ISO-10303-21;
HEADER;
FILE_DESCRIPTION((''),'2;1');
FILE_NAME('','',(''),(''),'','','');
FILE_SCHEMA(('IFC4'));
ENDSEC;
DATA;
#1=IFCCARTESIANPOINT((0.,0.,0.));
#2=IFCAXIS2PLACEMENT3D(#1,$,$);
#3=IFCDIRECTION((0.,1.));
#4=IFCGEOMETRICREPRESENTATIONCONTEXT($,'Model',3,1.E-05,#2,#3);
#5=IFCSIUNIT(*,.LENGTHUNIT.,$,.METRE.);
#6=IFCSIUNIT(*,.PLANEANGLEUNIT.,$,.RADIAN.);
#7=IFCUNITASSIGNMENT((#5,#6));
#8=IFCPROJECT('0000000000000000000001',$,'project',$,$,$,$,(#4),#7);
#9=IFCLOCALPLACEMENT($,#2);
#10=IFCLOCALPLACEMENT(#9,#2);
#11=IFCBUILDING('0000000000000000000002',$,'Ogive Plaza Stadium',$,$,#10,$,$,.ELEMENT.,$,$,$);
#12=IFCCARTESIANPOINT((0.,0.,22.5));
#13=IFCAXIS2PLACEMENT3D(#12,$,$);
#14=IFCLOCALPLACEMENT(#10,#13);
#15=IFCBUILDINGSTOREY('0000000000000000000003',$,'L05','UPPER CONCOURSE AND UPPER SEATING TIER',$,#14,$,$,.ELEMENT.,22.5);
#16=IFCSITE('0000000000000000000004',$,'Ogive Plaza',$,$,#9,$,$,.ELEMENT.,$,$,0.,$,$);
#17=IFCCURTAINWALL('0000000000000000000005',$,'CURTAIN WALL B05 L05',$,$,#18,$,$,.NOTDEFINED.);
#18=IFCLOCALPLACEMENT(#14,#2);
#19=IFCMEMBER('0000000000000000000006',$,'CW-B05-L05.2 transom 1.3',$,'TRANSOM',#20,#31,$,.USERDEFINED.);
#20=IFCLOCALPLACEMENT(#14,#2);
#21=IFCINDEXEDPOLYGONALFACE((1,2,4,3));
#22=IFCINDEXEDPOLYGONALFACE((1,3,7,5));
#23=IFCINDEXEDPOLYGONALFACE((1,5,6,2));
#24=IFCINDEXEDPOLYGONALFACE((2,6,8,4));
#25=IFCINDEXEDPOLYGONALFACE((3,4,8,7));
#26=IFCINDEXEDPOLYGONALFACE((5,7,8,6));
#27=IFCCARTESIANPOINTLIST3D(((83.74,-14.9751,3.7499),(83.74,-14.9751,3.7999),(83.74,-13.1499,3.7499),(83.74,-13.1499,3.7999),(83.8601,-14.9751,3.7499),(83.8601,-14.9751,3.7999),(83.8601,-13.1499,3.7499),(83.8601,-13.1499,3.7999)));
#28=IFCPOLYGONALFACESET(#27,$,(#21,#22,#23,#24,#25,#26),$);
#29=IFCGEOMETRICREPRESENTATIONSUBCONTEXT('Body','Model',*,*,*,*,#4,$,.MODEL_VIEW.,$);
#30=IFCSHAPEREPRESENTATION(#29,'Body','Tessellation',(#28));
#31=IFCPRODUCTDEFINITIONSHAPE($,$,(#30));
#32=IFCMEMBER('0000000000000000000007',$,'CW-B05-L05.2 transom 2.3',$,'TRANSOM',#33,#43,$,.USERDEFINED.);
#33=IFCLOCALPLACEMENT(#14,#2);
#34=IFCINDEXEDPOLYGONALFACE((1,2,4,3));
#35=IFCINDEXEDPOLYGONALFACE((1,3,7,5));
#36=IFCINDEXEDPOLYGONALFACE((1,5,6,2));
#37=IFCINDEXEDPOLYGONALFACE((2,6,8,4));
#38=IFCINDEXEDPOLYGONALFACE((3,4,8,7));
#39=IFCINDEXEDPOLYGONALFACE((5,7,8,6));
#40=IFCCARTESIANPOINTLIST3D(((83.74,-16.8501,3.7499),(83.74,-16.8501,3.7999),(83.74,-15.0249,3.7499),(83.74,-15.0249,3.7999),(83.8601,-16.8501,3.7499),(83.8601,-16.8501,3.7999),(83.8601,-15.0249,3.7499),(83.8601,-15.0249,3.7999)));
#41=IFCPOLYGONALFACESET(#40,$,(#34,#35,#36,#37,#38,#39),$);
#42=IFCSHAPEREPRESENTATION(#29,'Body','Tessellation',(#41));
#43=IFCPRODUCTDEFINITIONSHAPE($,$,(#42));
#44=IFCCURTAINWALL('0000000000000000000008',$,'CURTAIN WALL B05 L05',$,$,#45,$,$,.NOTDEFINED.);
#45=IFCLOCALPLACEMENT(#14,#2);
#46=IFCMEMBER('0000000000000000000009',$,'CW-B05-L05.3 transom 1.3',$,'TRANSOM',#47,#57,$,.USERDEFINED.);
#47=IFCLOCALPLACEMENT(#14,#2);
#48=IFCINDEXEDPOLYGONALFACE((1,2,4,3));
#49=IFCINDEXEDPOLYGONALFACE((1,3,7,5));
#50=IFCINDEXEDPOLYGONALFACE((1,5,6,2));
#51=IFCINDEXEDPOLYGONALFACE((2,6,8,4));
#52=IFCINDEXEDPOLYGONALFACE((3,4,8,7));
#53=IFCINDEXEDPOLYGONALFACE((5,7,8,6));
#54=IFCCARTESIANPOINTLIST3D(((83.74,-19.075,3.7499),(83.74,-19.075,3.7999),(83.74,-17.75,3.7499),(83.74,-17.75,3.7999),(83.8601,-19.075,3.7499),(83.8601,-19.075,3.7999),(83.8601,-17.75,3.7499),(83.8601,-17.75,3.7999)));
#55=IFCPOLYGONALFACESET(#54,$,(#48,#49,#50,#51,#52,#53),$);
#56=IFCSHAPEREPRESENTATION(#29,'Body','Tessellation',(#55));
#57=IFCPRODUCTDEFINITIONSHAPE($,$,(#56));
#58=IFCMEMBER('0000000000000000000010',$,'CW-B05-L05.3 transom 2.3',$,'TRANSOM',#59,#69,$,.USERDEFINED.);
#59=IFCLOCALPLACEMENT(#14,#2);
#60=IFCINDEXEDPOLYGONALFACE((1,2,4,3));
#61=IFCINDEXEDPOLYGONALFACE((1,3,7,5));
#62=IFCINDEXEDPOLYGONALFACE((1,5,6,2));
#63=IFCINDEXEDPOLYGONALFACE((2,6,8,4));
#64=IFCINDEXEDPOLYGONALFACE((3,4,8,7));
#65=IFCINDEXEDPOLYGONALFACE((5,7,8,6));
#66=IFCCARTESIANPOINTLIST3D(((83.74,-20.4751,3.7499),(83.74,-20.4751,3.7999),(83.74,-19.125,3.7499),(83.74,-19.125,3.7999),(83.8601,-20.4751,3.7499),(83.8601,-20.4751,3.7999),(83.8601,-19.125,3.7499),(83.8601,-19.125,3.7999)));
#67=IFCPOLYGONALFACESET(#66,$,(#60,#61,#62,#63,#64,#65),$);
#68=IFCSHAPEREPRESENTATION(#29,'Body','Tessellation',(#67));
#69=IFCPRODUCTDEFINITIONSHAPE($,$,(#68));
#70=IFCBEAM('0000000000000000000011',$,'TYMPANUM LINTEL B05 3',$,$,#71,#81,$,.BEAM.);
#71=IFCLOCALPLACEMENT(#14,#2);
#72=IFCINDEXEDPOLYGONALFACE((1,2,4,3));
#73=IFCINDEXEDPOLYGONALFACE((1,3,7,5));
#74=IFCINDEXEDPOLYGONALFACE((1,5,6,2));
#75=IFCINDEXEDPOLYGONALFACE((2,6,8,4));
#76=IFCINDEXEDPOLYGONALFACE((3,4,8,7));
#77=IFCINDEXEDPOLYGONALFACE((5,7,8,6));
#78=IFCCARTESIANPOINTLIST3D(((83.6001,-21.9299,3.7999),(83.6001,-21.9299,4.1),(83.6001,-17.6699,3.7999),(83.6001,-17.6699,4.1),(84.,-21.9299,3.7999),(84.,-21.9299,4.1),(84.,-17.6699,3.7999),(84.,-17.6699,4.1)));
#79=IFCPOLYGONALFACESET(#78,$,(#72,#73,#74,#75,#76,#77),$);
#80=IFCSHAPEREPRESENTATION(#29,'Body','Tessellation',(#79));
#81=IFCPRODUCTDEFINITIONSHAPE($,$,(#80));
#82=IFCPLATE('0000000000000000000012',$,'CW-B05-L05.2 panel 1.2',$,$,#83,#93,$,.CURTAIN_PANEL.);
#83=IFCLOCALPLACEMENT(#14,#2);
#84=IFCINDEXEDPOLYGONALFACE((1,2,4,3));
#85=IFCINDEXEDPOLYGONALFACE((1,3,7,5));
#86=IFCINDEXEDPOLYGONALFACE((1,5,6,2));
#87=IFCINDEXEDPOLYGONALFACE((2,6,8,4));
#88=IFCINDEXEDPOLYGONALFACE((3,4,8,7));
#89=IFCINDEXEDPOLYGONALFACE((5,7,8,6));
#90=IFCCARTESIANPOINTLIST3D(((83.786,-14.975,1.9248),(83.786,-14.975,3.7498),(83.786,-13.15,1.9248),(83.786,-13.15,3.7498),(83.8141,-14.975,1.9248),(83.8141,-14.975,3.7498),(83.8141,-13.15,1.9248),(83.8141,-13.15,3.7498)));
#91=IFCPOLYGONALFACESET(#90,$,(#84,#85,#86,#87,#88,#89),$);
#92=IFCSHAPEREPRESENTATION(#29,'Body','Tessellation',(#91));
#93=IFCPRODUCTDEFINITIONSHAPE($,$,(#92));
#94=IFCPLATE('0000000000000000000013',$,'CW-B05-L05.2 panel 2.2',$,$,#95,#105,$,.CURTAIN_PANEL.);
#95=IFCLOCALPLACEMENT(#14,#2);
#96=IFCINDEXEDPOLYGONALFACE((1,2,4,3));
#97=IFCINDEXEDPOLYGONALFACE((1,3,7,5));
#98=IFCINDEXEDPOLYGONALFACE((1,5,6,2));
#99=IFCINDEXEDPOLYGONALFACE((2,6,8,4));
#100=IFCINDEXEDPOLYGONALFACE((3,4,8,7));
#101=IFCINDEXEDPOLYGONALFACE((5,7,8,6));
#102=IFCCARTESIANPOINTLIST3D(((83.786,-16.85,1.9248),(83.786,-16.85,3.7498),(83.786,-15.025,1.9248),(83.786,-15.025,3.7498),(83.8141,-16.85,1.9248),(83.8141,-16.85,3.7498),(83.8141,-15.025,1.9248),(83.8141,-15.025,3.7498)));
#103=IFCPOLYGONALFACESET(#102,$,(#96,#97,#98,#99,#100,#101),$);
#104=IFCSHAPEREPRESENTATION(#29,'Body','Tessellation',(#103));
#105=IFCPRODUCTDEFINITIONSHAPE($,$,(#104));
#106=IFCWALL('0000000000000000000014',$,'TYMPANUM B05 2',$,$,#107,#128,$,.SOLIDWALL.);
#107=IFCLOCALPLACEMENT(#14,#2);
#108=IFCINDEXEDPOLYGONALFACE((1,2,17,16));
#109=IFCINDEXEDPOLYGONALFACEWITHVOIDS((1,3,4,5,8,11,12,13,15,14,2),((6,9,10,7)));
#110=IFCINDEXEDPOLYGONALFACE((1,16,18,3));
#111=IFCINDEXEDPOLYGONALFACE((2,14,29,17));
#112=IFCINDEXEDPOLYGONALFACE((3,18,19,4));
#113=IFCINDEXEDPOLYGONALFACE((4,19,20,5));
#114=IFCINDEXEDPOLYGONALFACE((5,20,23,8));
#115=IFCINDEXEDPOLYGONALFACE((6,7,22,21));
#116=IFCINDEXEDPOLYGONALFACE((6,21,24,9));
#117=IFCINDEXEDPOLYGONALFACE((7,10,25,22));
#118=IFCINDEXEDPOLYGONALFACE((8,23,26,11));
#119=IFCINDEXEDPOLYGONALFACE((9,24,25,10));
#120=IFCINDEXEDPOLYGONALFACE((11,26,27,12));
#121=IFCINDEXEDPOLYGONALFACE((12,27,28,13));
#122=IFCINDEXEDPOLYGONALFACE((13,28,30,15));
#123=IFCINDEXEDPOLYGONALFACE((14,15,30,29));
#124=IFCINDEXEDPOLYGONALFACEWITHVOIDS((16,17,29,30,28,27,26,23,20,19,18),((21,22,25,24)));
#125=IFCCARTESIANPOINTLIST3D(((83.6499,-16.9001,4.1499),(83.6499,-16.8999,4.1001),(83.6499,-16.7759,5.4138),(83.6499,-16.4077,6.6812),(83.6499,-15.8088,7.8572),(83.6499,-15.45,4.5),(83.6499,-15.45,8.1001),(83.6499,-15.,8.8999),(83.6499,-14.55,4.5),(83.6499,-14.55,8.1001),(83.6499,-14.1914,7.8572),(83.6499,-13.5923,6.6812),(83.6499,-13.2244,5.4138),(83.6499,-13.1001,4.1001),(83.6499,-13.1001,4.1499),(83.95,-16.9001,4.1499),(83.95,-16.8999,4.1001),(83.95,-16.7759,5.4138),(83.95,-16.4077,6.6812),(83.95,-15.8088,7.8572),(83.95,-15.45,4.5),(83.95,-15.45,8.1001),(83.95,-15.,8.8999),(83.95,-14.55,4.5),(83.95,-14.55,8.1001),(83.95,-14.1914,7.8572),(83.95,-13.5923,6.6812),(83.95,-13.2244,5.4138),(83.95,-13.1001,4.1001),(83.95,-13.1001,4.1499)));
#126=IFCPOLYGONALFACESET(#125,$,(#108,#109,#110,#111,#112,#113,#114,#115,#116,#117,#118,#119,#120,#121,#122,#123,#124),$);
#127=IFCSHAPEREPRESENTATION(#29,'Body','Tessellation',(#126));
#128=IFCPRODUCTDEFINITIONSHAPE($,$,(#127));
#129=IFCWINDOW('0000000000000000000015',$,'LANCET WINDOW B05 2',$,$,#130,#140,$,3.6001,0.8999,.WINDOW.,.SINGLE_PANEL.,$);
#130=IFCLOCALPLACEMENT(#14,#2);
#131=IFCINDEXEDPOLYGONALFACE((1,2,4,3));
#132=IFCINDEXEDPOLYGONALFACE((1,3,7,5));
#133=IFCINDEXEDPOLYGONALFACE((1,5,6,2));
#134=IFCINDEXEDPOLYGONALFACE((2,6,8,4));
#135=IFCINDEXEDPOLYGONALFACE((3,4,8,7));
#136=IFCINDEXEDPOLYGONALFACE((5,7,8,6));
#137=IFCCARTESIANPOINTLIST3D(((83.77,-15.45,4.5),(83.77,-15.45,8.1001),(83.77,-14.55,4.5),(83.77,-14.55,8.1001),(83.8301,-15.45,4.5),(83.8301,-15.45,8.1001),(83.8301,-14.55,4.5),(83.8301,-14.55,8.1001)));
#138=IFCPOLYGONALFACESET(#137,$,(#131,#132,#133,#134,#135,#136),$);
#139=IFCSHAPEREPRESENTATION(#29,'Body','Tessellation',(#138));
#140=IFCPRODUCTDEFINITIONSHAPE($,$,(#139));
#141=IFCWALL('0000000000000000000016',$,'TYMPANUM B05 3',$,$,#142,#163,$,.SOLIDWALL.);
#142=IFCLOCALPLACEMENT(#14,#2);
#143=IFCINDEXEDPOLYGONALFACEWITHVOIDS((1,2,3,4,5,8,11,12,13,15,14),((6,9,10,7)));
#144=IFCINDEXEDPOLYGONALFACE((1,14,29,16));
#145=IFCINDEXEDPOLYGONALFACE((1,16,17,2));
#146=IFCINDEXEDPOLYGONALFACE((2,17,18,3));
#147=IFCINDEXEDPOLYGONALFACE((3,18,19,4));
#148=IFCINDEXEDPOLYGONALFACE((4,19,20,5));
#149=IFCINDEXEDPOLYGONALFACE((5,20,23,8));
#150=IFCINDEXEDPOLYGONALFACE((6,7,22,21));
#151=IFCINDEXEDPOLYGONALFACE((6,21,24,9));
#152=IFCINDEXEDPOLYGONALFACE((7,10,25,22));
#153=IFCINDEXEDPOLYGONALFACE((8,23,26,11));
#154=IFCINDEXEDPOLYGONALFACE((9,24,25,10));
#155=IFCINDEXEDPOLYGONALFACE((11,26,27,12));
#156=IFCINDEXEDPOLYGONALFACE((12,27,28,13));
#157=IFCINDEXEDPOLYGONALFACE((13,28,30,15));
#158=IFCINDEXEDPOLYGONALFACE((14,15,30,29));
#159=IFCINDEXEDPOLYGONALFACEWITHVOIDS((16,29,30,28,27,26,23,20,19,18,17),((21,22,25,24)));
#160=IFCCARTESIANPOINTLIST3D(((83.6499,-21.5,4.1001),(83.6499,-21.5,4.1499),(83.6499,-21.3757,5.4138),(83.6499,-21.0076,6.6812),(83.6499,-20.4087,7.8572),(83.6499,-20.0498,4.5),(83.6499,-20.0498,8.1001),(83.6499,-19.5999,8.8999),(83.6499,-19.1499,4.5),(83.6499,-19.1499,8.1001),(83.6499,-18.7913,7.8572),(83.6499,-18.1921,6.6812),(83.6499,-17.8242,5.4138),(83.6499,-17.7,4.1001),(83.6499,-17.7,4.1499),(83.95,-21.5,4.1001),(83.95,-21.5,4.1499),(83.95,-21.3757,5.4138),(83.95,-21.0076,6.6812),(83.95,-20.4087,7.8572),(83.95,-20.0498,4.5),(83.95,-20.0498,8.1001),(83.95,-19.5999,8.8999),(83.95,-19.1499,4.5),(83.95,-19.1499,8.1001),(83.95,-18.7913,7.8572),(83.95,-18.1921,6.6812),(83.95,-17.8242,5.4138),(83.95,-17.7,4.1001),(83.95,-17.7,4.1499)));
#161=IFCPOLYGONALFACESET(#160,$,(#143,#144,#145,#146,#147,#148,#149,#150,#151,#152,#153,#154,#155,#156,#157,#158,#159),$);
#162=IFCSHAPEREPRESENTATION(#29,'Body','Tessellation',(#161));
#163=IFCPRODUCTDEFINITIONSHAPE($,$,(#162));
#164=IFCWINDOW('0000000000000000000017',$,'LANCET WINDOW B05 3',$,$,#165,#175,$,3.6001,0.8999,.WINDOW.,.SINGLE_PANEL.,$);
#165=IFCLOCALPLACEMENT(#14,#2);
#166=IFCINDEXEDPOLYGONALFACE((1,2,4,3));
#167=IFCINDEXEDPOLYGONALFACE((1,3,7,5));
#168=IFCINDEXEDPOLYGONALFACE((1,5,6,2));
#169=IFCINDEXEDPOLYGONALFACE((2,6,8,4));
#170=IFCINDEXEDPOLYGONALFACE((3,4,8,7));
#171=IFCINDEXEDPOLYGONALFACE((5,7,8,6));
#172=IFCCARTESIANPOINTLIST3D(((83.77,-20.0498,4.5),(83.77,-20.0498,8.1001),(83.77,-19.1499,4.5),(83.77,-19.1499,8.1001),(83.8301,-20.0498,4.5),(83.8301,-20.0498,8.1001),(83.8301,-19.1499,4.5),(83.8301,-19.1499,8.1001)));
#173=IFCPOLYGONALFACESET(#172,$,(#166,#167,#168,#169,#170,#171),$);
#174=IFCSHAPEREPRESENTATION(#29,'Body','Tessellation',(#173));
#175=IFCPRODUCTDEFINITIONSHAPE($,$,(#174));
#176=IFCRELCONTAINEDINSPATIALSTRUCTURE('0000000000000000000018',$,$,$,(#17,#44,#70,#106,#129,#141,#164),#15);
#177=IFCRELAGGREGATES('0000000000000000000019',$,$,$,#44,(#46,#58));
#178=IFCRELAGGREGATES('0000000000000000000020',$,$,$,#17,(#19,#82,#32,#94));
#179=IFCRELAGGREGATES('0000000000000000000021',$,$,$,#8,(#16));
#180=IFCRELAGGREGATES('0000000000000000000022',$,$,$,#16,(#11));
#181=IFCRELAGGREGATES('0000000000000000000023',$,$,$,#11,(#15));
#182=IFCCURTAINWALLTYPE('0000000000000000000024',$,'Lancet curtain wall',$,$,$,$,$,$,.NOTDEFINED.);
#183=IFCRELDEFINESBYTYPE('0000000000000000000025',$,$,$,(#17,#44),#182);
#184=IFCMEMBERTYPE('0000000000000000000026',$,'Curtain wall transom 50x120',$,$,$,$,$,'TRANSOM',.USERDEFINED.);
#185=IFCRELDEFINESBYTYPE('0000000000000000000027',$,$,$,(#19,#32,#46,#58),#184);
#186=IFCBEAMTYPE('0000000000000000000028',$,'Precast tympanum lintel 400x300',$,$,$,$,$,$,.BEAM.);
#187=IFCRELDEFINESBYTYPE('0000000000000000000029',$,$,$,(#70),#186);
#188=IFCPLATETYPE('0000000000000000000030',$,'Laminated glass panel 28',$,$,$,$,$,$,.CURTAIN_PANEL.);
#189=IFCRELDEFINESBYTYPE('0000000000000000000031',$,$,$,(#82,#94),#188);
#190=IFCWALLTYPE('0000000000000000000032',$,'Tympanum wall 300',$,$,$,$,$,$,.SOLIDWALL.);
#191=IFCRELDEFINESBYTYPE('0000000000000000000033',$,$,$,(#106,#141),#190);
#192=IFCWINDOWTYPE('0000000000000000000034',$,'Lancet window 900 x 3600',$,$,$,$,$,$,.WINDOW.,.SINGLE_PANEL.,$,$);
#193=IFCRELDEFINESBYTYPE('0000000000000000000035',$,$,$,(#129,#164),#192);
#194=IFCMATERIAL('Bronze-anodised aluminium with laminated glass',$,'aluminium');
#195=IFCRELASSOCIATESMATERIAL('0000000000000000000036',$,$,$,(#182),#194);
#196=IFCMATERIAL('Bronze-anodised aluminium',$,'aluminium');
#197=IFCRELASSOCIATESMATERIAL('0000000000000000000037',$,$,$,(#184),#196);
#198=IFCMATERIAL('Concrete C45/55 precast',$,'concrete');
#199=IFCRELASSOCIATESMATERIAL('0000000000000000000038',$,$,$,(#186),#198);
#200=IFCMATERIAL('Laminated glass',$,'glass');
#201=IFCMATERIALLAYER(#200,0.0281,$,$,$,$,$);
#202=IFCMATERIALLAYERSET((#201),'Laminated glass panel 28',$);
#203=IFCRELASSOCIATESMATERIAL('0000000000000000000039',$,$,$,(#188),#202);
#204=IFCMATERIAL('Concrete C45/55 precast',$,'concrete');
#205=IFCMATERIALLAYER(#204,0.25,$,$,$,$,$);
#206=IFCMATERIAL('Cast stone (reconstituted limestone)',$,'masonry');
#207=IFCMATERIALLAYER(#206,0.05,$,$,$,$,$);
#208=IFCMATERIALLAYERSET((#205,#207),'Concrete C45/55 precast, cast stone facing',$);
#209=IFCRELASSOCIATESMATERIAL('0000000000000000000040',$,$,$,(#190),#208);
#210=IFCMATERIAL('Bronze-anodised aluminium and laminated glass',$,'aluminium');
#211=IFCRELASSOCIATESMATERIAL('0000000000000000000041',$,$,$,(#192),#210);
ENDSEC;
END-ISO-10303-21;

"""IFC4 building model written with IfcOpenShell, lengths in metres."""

from ifc_helpers import new_model, si_unit, direction, frame, frame_2d, origin, origin_2d, place, context, subcontext, project, spatial, polyline, rectangle, outline, extrude, material, layer, layer_set, material_profile, profile_set, type_object, element, fill, aggregate, save


model = new_model("IFC4")

# Units and contexts
model_context = context("Model", 3, precision=1e-05, world=origin(), true_north=direction((0.0, 1.0)))
body_context = subcontext(model_context, "Body", "Model", "MODEL_VIEW")
ifc_project = project(units=[si_unit("LENGTHUNIT", "METRE"), si_unit("PLANEANGLEUNIT", "RADIAN")], contexts=[model_context])

# Site, building, storey
site_placement = place(None, origin())
site = spatial("IfcSite", under=ifc_project, at=site_placement, Name="Ogive Plaza", CompositionType="ELEMENT", RefElevation=0.0)
building_placement = place(site_placement, origin())
building = spatial("IfcBuilding", under=site, at=building_placement, Name="Ogive Plaza Stadium", CompositionType="ELEMENT")
storey_placement = place(building_placement, frame((0.0, 0.0, 22.5)))
storey = spatial("IfcBuildingStorey", under=building, at=storey_placement, Name="L05", Description="UPPER CONCOURSE AND UPPER SEATING TIER", CompositionType="ELEMENT", Elevation=22.5)

# Curtain walls, members
ifc_material_1 = material(Name="Bronze-anodised aluminium with laminated glass", Category="aluminium")
curtain_wall_type = type_object("IfcCurtainWallType", Name="Lancet curtain wall", PredefinedType="NOTDEFINED", material=ifc_material_1)
curtain_wall_1_placement = place(storey_placement, origin())
curtain_wall_1 = element("IfcCurtainWall", 1, at=curtain_wall_1_placement, inside=storey, type_object=curtain_wall_type, Name="CURTAIN WALL B05 L05", PredefinedType="NOTDEFINED")
ifc_material_2 = material(Name="Bronze-anodised aluminium", Category="aluminium")
ifc_material_profile_1 = material_profile(ifc_material_2, rectangle(XDim=0.1201, YDim=0.05, at=origin_2d()), Name="AL 120x50")
ifc_profile_set_1 = profile_set([ifc_material_profile_1], Name="Bronze-anodised aluminium")
member_type = type_object("IfcMemberType", Name="Curtain wall transom 50x120", ElementType="TRANSOM", PredefinedType="USERDEFINED", material=ifc_profile_set_1)
member_1_placement = place(storey_placement, frame((83.8, -13.1499, 3.7749), z_axis=(0.0, -1.0, 0.0), x_axis=(1.0, 0.0, 0.0)))
member_1 = element("IfcMember", 2, at=member_1_placement, type_object=member_type, Name="CW-B05-L05.2 transom 1.3", ObjectType="TRANSOM", PredefinedType="USERDEFINED", context=body_context, shape_type="SweptSolid", body=[
    extrude(rectangle(XDim=0.1201, YDim=0.05, at=origin_2d()), origin(), (0.0, 0.0, 1.0), 1.8252),
])
member_2_placement = place(storey_placement, frame((83.8, -15.0249, 3.7749), z_axis=(0.0, -1.0, 0.0), x_axis=(1.0, 0.0, 0.0)))
member_2 = element("IfcMember", 3, at=member_2_placement, type_object=member_type, Name="CW-B05-L05.2 transom 2.3", ObjectType="TRANSOM", PredefinedType="USERDEFINED", context=body_context, shape_type="SweptSolid", body=[
    extrude(rectangle(XDim=0.1201, YDim=0.05, at=origin_2d()), origin(), (0.0, 0.0, 1.0), 1.8252),
])
curtain_wall_2_placement = place(storey_placement, origin())
curtain_wall_2 = element("IfcCurtainWall", 4, at=curtain_wall_2_placement, inside=storey, type_object=curtain_wall_type, Name="CURTAIN WALL B05 L05", PredefinedType="NOTDEFINED")
member_3_placement = place(storey_placement, frame((83.8, -17.75, 3.7749), z_axis=(0.0, -1.0, 0.0), x_axis=(1.0, 0.0, 0.0)))
member_3 = element("IfcMember", 5, at=member_3_placement, type_object=member_type, Name="CW-B05-L05.3 transom 1.3", ObjectType="TRANSOM", PredefinedType="USERDEFINED", context=body_context, shape_type="SweptSolid", body=[
    extrude(rectangle(XDim=0.1201, YDim=0.05, at=origin_2d()), origin(), (0.0, 0.0, 1.0), 1.325),
])
member_4_placement = place(storey_placement, frame((83.8, -19.125, 3.7749), z_axis=(0.0, -1.0, 0.0), x_axis=(1.0, 0.0, 0.0)))
member_4 = element("IfcMember", 6, at=member_4_placement, type_object=member_type, Name="CW-B05-L05.3 transom 2.3", ObjectType="TRANSOM", PredefinedType="USERDEFINED", context=body_context, shape_type="SweptSolid", body=[
    extrude(rectangle(XDim=0.1201, YDim=0.05, at=origin_2d()), origin(), (0.0, 0.0, 1.0), 1.3501),
])
aggregate(curtain_wall_2, [member_3, member_4])

# Beam
ifc_material_3 = material(Name="Concrete C45/55 precast", Category="concrete")
ifc_material_profile_2 = material_profile(ifc_material_3, rectangle(XDim=0.3999, YDim=0.3, at=origin_2d()), Name="RC 400x300")
ifc_profile_set_2 = profile_set([ifc_material_profile_2], Name="Concrete C45/55 precast")
beam_type = type_object("IfcBeamType", Name="Precast tympanum lintel 400x300", PredefinedType="BEAM", material=ifc_profile_set_2)
beam_placement = place(storey_placement, frame((83.8, -17.6699, 3.95), z_axis=(0.0, -1.0, 0.0), x_axis=(1.0, 0.0, 0.0)))
element("IfcBeam", 7, at=beam_placement, inside=storey, type_object=beam_type, Name="TYMPANUM LINTEL B05 3", PredefinedType="BEAM", context=body_context, shape_type="SweptSolid", body=[
    extrude(rectangle(XDim=0.3999, YDim=0.3, at=origin_2d()), origin(), (0.0, 0.0, 1.0), 4.26),
])

# Plates
ifc_material_4 = material(Name="Laminated glass", Category="glass")
ifc_layer_1 = layer(ifc_material_4, 0.0281)
ifc_layer_set_1 = layer_set([ifc_layer_1], Name="Laminated glass panel 28")
plate_type = type_object("IfcPlateType", Name="Laminated glass panel 28", PredefinedType="CURTAIN_PANEL", material=ifc_layer_set_1)
plate_1_placement = place(storey_placement, frame((83.8, -14.0625, 1.9248), z_axis=(0.0, 0.0, 1.0), x_axis=(0.0, -1.0, 0.0)))
plate_1 = element("IfcPlate", 8, at=plate_1_placement, type_object=plate_type, Name="CW-B05-L05.2 panel 1.2", PredefinedType="CURTAIN_PANEL", context=body_context, shape_type="SweptSolid", body=[
    extrude(rectangle(XDim=1.825, YDim=0.0281, at=origin_2d()), origin(), (0.0, 0.0, 1.0), 1.825),
])
plate_2_placement = place(storey_placement, frame((83.8, -15.9375, 1.9248), z_axis=(0.0, 0.0, 1.0), x_axis=(0.0, -1.0, 0.0)))
plate_2 = element("IfcPlate", 9, at=plate_2_placement, type_object=plate_type, Name="CW-B05-L05.2 panel 2.2", PredefinedType="CURTAIN_PANEL", context=body_context, shape_type="SweptSolid", body=[
    extrude(rectangle(XDim=1.825, YDim=0.0281, at=origin_2d()), origin(), (0.0, 0.0, 1.0), 1.825),
])
aggregate(curtain_wall_1, [member_1, plate_1, member_2, plate_2])

# Walls, openings, windows
ifc_material_5 = material(Name="Concrete C45/55 precast", Category="concrete")
ifc_layer_2 = layer(ifc_material_5, 0.25)
ifc_material_6 = material(Name="Cast stone (reconstituted limestone)", Category="masonry")
ifc_layer_3 = layer(ifc_material_6, 0.05)
ifc_layer_set_2 = layer_set([ifc_layer_2, ifc_layer_3], Name="Concrete C45/55 precast, cast stone facing")
wall_type = type_object("IfcWallType", Name="Tympanum wall 300", PredefinedType="SOLIDWALL", material=ifc_layer_set_2)
wall_1_placement = place(storey_placement, frame((83.8, -13.1001, 4.1001), z_axis=(0.0, 0.0, 1.0), x_axis=(0.0, -1.0, 0.0)))
wall_1 = element("IfcWall", 10, at=wall_1_placement, inside=storey, type_object=wall_type, Name="TYMPANUM B05 2", PredefinedType="SOLIDWALL", context=body_context, shape_type="SweptSolid", body=[
    extrude(outline(polyline([(0.0, 0.0), (3.7998, 0.0), (3.8, 0.0498), (3.6758, 1.3137), (3.3076, 2.5811), (2.7087, 3.7571), (1.8999, 4.7998), (1.0913, 3.7571), (0.4922, 2.5811), (0.1243, 1.3137), (0.0, 0.0498), (0.0, 0.0)])), frame((0.0, 0.1499, 0.0), z_axis=(0.0, -1.0, 0.0), x_axis=(1.0, 0.0, 0.0)), (0.0, 0.0, 1.0), 0.3),
])
opening_1_placement = place(wall_1_placement, frame((1.45, 0.0, 0.3999)))
opening_1 = element("IfcOpeningElement", 11, at=opening_1_placement, cuts=wall_1, PredefinedType="OPENING", context=body_context, shape_type="SweptSolid", body=[
    extrude(rectangle(XDim=0.8999, YDim=3.6001, at=frame_2d((0.45, 1.8))), frame((0.0, 0.1602, 0.0), z_axis=(0.0, -1.0, 0.0), x_axis=(1.0, 0.0, 0.0)), (0.0, 0.0, 1.0), 0.3201),
])
ifc_material_7 = material(Name="Bronze-anodised aluminium and laminated glass", Category="aluminium")
window_type = type_object("IfcWindowType", Name="Lancet window 900 x 3600", PartitioningType="SINGLE_PANEL", PredefinedType="WINDOW", material=ifc_material_7)
window_1_placement = place(opening_1_placement, origin())
window_1 = element("IfcWindow", 12, at=window_1_placement, inside=storey, type_object=window_type, Name="LANCET WINDOW B05 2", OverallHeight=3.6001, OverallWidth=0.8999, PartitioningType="SINGLE_PANEL", PredefinedType="WINDOW", context=body_context, shape_type="SweptSolid", body=[
    extrude(rectangle(XDim=0.8999, YDim=3.6001, at=frame_2d((0.45, 1.8))), frame((0.0, 0.03, 0.0), z_axis=(0.0, -1.0, 0.0), x_axis=(1.0, 0.0, 0.0)), (0.0, 0.0, 1.0), 0.0601),
])
fill(opening_1, window_1)
wall_2_placement = place(storey_placement, frame((83.8, -17.7, 4.1001), z_axis=(0.0, 0.0, 1.0), x_axis=(0.0, -1.0, 0.0)))
wall_2 = element("IfcWall", 13, at=wall_2_placement, inside=storey, type_object=wall_type, Name="TYMPANUM B05 3", PredefinedType="SOLIDWALL", context=body_context, shape_type="SweptSolid", body=[
    extrude(outline(polyline([(0.0, 0.0), (3.8, 0.0), (3.8, 0.0498), (3.6758, 1.3137), (3.3076, 2.5811), (2.7087, 3.7571), (1.8999, 4.7998), (1.0913, 3.7571), (0.4922, 2.5811), (0.1243, 1.3137), (0.0, 0.0498), (0.0, 0.0)])), frame((0.0, 0.1499, 0.0), z_axis=(0.0, -1.0, 0.0), x_axis=(1.0, 0.0, 0.0)), (0.0, 0.0, 1.0), 0.3),
])
opening_2_placement = place(wall_2_placement, frame((1.45, 0.0, 0.3999)))
opening_2 = element("IfcOpeningElement", 14, at=opening_2_placement, cuts=wall_2, PredefinedType="OPENING", context=body_context, shape_type="SweptSolid", body=[
    extrude(rectangle(XDim=0.8999, YDim=3.6001, at=frame_2d((0.45, 1.8))), frame((0.0, 0.1602, 0.0), z_axis=(0.0, -1.0, 0.0), x_axis=(1.0, 0.0, 0.0)), (0.0, 0.0, 1.0), 0.3201),
])
window_2_placement = place(opening_2_placement, origin())
window_2 = element("IfcWindow", 15, at=window_2_placement, inside=storey, type_object=window_type, Name="LANCET WINDOW B05 3", OverallHeight=3.6001, OverallWidth=0.8999, PartitioningType="SINGLE_PANEL", PredefinedType="WINDOW", context=body_context, shape_type="SweptSolid", body=[
    extrude(rectangle(XDim=0.8999, YDim=3.6001, at=frame_2d((0.45, 1.8))), frame((0.0, 0.03, 0.0), z_axis=(0.0, -1.0, 0.0), x_axis=(1.0, 0.0, 0.0)), (0.0, 0.0, 1.0), 0.0601),
])
fill(opening_2, window_2)

save(model, "model.ifc")
